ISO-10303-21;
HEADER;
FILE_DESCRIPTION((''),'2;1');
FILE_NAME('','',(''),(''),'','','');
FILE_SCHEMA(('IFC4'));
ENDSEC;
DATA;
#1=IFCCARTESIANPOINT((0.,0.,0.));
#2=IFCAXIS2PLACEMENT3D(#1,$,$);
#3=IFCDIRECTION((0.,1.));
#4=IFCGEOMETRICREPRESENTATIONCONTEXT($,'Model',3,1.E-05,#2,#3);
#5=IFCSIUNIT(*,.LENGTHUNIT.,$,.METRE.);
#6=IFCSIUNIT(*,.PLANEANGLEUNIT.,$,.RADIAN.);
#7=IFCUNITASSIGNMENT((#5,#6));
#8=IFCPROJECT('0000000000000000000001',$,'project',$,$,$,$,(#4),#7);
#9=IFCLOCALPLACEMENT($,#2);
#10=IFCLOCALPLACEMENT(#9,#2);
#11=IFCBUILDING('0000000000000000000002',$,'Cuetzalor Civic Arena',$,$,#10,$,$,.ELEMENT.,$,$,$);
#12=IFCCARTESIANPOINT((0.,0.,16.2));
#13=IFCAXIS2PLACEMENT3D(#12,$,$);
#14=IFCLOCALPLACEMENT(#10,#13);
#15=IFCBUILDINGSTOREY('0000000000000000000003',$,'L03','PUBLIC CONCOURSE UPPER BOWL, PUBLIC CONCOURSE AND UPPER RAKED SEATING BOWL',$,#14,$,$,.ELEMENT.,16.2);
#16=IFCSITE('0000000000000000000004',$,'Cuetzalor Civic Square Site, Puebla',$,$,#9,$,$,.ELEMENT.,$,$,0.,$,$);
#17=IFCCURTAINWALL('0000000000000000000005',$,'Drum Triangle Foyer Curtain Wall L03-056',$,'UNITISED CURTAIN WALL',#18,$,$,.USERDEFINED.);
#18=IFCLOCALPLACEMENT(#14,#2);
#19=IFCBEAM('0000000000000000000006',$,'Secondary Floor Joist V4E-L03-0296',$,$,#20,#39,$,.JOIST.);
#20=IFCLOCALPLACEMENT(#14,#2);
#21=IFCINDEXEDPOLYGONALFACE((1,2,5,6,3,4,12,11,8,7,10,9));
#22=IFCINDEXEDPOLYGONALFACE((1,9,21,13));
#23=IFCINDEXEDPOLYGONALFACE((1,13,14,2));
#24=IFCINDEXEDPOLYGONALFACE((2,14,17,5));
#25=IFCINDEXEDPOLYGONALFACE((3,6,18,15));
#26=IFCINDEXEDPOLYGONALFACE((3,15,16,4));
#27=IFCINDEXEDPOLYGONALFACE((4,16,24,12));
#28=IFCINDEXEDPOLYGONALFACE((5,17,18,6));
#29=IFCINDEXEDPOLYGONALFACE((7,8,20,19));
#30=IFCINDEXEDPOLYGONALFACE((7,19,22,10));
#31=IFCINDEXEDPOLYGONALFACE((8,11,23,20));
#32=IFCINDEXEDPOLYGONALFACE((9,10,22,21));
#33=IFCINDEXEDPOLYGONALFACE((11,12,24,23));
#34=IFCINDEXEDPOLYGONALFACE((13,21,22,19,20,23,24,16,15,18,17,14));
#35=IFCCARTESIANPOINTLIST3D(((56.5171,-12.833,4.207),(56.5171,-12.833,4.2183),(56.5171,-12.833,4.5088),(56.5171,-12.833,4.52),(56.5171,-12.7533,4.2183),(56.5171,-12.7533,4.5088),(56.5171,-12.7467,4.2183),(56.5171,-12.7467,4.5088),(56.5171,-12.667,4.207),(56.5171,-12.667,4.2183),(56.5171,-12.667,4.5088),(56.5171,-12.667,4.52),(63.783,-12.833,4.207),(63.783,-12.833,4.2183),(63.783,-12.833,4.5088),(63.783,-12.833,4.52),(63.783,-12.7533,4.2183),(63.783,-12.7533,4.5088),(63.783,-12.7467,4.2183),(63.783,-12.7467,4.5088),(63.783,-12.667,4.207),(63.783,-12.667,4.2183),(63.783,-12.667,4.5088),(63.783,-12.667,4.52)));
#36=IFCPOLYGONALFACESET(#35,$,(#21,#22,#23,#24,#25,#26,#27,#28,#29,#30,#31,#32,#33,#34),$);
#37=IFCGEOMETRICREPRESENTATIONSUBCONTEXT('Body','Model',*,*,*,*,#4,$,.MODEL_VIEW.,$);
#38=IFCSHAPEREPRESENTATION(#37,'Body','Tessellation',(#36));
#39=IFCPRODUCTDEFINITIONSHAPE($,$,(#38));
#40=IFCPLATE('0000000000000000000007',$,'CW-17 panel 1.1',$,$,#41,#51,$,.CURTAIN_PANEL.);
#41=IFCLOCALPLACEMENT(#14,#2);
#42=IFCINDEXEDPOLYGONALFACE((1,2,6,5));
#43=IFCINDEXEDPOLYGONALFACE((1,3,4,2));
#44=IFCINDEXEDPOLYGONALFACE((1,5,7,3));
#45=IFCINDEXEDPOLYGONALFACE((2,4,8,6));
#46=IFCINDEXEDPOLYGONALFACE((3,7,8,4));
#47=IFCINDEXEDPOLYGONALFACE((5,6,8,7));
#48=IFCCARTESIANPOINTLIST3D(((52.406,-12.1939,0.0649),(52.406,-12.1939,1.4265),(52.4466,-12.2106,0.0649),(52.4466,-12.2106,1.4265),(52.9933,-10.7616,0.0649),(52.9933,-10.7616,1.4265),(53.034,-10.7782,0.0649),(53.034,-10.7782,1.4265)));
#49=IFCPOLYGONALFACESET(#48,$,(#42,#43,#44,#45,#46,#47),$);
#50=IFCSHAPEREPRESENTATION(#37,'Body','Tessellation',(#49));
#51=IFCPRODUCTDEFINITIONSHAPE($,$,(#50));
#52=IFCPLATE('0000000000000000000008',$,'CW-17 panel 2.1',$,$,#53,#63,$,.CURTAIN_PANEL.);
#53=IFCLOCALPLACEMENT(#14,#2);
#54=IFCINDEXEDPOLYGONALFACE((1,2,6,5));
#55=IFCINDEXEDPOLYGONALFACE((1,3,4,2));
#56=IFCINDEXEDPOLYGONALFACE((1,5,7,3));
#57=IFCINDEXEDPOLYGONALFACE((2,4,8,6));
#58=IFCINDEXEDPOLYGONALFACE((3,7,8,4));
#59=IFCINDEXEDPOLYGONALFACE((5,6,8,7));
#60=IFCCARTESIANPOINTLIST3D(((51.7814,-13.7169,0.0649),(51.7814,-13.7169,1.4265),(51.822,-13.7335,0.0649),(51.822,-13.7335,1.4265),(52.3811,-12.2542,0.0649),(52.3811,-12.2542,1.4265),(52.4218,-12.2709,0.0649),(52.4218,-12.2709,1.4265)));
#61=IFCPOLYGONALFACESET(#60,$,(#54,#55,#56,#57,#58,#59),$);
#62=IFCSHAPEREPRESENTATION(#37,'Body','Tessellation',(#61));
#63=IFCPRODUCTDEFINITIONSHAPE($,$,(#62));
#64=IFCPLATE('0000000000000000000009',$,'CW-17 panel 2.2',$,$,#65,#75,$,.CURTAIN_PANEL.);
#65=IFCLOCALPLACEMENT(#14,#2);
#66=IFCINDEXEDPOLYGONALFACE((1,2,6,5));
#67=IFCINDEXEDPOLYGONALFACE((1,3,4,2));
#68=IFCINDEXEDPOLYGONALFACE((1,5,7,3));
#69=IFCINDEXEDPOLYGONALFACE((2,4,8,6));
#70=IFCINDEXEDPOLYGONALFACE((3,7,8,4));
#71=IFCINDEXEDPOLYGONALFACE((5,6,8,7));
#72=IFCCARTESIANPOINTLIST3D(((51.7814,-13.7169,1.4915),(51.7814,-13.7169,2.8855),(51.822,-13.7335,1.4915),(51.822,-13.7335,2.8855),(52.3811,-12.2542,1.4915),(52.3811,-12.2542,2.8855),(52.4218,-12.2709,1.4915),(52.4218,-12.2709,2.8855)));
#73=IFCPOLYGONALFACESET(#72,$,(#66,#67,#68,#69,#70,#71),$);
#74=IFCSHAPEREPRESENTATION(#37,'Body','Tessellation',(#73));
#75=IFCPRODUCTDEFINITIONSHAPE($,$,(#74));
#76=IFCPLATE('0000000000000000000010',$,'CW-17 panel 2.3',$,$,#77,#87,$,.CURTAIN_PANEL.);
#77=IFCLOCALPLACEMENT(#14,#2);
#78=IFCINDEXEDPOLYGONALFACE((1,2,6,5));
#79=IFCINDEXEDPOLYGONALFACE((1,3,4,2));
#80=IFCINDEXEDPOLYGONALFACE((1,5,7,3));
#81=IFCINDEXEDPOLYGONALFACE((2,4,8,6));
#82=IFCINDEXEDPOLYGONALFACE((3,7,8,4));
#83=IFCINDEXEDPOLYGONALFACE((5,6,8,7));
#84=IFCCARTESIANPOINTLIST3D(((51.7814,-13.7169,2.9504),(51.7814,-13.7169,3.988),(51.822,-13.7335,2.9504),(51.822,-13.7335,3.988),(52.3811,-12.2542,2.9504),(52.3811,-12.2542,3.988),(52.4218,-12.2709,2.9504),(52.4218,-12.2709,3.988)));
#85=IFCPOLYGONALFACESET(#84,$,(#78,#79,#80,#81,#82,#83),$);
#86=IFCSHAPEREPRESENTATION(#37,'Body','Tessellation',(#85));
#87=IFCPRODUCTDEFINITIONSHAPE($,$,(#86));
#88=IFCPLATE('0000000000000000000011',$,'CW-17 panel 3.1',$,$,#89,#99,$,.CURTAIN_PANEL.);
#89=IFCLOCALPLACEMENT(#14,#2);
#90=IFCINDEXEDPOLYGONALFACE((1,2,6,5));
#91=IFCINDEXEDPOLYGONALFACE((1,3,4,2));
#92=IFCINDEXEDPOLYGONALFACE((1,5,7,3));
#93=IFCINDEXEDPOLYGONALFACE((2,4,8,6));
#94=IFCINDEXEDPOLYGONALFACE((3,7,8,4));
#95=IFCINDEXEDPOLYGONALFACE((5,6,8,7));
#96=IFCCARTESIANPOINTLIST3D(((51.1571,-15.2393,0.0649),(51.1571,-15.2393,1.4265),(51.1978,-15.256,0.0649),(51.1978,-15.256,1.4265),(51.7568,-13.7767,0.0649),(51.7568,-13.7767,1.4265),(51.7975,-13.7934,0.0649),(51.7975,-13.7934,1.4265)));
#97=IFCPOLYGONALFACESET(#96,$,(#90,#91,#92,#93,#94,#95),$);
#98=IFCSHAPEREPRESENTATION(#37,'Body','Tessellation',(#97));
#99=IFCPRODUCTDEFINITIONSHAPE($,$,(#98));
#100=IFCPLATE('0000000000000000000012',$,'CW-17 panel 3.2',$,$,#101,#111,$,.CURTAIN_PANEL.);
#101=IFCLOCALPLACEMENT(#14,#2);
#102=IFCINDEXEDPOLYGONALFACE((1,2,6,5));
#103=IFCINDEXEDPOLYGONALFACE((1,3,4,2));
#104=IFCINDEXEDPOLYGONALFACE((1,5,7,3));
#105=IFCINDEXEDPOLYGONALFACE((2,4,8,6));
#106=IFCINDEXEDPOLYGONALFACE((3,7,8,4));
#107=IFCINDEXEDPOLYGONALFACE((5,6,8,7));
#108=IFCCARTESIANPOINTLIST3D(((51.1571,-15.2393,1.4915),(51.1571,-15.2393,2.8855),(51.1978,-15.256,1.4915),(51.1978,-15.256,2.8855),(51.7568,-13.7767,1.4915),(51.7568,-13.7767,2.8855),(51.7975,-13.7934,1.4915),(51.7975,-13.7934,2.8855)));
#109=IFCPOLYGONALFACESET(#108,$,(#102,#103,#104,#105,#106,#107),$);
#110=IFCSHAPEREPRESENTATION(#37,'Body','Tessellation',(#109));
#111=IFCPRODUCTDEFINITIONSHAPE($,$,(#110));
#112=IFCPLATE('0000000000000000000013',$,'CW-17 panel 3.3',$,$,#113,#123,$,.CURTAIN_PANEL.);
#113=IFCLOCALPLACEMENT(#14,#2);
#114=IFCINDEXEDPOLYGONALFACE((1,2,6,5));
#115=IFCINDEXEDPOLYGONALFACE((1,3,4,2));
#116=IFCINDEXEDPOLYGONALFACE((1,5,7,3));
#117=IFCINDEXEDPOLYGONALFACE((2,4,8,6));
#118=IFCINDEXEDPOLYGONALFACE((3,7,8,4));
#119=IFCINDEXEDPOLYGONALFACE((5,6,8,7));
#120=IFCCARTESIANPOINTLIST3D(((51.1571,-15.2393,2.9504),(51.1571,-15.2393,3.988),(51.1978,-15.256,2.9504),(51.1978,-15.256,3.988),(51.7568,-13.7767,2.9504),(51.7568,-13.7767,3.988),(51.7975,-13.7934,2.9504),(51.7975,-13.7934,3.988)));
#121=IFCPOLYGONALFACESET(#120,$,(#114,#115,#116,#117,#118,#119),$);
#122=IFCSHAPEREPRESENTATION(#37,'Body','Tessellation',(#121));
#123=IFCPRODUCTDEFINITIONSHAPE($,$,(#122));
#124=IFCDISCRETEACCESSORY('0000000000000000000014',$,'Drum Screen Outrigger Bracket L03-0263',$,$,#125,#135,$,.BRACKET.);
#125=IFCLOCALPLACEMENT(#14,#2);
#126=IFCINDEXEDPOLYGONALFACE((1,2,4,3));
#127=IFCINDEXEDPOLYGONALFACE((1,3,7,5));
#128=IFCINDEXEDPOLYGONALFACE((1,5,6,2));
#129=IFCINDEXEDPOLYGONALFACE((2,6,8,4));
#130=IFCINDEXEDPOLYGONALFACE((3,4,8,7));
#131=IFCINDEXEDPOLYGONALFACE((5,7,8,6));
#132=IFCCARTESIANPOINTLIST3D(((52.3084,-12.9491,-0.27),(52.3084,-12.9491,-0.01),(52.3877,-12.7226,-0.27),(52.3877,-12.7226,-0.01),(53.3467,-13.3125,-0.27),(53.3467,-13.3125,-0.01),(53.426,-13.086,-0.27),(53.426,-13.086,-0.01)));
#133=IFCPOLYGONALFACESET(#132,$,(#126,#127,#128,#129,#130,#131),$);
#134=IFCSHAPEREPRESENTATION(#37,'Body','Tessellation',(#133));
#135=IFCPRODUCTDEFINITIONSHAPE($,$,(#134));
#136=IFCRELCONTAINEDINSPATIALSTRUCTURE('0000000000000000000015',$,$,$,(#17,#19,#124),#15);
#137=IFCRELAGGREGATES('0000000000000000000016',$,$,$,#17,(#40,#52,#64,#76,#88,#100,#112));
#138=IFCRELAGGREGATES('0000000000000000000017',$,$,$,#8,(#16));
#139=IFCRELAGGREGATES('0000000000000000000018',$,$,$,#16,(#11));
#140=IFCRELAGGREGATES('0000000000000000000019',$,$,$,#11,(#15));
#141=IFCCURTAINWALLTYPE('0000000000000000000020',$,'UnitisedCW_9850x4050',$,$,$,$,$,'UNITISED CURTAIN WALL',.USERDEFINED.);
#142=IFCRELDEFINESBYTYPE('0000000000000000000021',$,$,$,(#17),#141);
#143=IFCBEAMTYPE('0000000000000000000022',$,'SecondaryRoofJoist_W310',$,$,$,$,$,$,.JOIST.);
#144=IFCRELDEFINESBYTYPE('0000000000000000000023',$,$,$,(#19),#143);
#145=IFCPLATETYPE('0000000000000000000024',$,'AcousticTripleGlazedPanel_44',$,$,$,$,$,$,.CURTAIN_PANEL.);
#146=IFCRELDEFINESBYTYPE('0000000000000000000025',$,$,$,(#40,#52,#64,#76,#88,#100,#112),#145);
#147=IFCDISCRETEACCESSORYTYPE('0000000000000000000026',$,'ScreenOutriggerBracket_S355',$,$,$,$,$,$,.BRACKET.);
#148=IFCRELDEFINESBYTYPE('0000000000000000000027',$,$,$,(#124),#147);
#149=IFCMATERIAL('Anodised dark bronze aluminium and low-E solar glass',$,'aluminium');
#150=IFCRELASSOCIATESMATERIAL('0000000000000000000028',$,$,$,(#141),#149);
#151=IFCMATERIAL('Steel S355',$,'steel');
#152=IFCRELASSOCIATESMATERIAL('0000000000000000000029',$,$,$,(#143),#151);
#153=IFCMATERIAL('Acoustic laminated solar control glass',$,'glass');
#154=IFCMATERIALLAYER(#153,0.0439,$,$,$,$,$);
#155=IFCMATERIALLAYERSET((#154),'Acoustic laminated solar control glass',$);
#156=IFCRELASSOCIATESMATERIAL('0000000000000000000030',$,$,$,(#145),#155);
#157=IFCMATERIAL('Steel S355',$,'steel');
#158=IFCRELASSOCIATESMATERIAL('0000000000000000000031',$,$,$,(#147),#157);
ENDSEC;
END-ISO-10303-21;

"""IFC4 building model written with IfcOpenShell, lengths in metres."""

from ifc_helpers import new_model, si_unit, direction, frame, origin, origin_2d, place, context, subcontext, project, spatial, rectangle, i_section, extrude, material, layer, layer_set, material_profile, profile_set, type_object, element, aggregate, save


model = new_model("IFC4")

# Units and contexts
model_context = context("Model", 3, precision=1e-05, world=origin(), true_north=direction((0.0, 1.0)))
body_context = subcontext(model_context, "Body", "Model", "MODEL_VIEW")
ifc_project = project(units=[si_unit("LENGTHUNIT", "METRE"), si_unit("PLANEANGLEUNIT", "RADIAN")], contexts=[model_context])

# Site, building, storey
site_placement = place(None, origin())
site = spatial("IfcSite", under=ifc_project, at=site_placement, Name="Cuetzalor Civic Square Site, Puebla", CompositionType="ELEMENT", RefElevation=0.0)
building_placement = place(site_placement, origin())
building = spatial("IfcBuilding", under=site, at=building_placement, Name="Cuetzalor Civic Arena", CompositionType="ELEMENT")
storey_placement = place(building_placement, frame((0.0, 0.0, 16.2)))
storey = spatial("IfcBuildingStorey", under=building, at=storey_placement, Name="L03", Description="PUBLIC CONCOURSE UPPER BOWL, PUBLIC CONCOURSE AND UPPER RAKED SEATING BOWL", CompositionType="ELEMENT", Elevation=16.2)

# Curtain wall
ifc_material_1 = material(Name="Anodised dark bronze aluminium and low-E solar glass", Category="aluminium")
curtain_wall_type = type_object("IfcCurtainWallType", Name="UnitisedCW_9850x4050", ElementType="UNITISED CURTAIN WALL", PredefinedType="USERDEFINED", material=ifc_material_1)
curtain_wall_placement = place(storey_placement, origin())
curtain_wall = element("IfcCurtainWall", 1, at=curtain_wall_placement, inside=storey, type_object=curtain_wall_type, Name="Drum Triangle Foyer Curtain Wall L03-056", ObjectType="UNITISED CURTAIN WALL", PredefinedType="USERDEFINED")

# Beam
ifc_material_2 = material(Name="Steel S355", Category="steel")
ifc_material_profile_1 = material_profile(ifc_material_2, i_section(OverallWidth=0.166, OverallDepth=0.313, WebThickness=0.0066, FlangeThickness=0.0112, at=origin_2d()), Name="W310x45")
ifc_profile_set_1 = profile_set([ifc_material_profile_1], Name="Steel S355")
beam_type = type_object("IfcBeamType", Name="SecondaryRoofJoist_W310", PredefinedType="JOIST", material=ifc_profile_set_1)
beam_placement = place(storey_placement, frame((56.5171, -12.75, 4.3635), z_axis=(1.0, 0.0, 0.0), x_axis=(0.0, 1.0, 0.0)))
element("IfcBeam", 2, at=beam_placement, inside=storey, type_object=beam_type, Name="Secondary Floor Joist V4E-L03-0296", PredefinedType="JOIST", context=body_context, shape_type="SweptSolid", body=[
    extrude(i_section(OverallWidth=0.166, OverallDepth=0.313, WebThickness=0.0066, FlangeThickness=0.0112, at=origin_2d()), origin(), (0.0, 0.0, 1.0), 7.2659),
])

# Plates
ifc_material_3 = material(Name="Acoustic laminated solar control glass", Category="glass")
ifc_layer = layer(ifc_material_3, 0.0439)
ifc_layer_set = layer_set([ifc_layer], Name="Acoustic laminated solar control glass")
plate_type = type_object("IfcPlateType", Name="AcousticTripleGlazedPanel_44", PredefinedType="CURTAIN_PANEL", material=ifc_layer_set)
plate_1_placement = place(storey_placement, frame((52.72, -11.4861, 0.0649), z_axis=(0.0, 0.0, 1.0), x_axis=(-0.379391, -0.925236, 0.0)))
plate_1 = element("IfcPlate", 3, at=plate_1_placement, type_object=plate_type, Name="CW-17 panel 1.1", PredefinedType="CURTAIN_PANEL", context=body_context, shape_type="SweptSolid", body=[
    extrude(rectangle(XDim=1.5481, YDim=0.0439, at=origin_2d()), origin(), (0.0, 0.0, 1.0), 1.3616),
])
plate_2_placement = place(storey_placement, frame((52.1016, -12.9939, 0.0649), z_axis=(0.0, 0.0, 1.0), x_axis=(-0.379391, -0.925236, 0.0)))
plate_2 = element("IfcPlate", 4, at=plate_2_placement, type_object=plate_type, Name="CW-17 panel 2.1", PredefinedType="CURTAIN_PANEL", context=body_context, shape_type="SweptSolid", body=[
    extrude(rectangle(XDim=1.5808, YDim=0.0439, at=origin_2d()), origin(), (0.0, 0.0, 1.0), 1.3616),
])
plate_3_placement = place(storey_placement, frame((52.1016, -12.9939, 1.4915), z_axis=(0.0, 0.0, 1.0), x_axis=(-0.379391, -0.925236, 0.0)))
plate_3 = element("IfcPlate", 5, at=plate_3_placement, type_object=plate_type, Name="CW-17 panel 2.2", PredefinedType="CURTAIN_PANEL", context=body_context, shape_type="SweptSolid", body=[
    extrude(rectangle(XDim=1.5808, YDim=0.0439, at=origin_2d()), origin(), (0.0, 0.0, 1.0), 1.394),
])
plate_4_placement = place(storey_placement, frame((52.1016, -12.9939, 2.9504), z_axis=(0.0, 0.0, 1.0), x_axis=(-0.379391, -0.925236, 0.0)))
plate_4 = element("IfcPlate", 6, at=plate_4_placement, type_object=plate_type, Name="CW-17 panel 2.3", PredefinedType="CURTAIN_PANEL", context=body_context, shape_type="SweptSolid", body=[
    extrude(rectangle(XDim=1.5808, YDim=0.0439, at=origin_2d()), origin(), (0.0, 0.0, 1.0), 1.0376),
])
plate_5_placement = place(storey_placement, frame((51.4773, -14.5164, 0.0649), z_axis=(0.0, 0.0, 1.0), x_axis=(-0.379391, -0.925236, 0.0)))
plate_5 = element("IfcPlate", 7, at=plate_5_placement, type_object=plate_type, Name="CW-17 panel 3.1", PredefinedType="CURTAIN_PANEL", context=body_context, shape_type="SweptSolid", body=[
    extrude(rectangle(XDim=1.5808, YDim=0.0439, at=origin_2d()), origin(), (0.0, 0.0, 1.0), 1.3616),
])
plate_6_placement = place(storey_placement, frame((51.4773, -14.5164, 1.4915), z_axis=(0.0, 0.0, 1.0), x_axis=(-0.379391, -0.925236, 0.0)))
plate_6 = element("IfcPlate", 8, at=plate_6_placement, type_object=plate_type, Name="CW-17 panel 3.2", PredefinedType="CURTAIN_PANEL", context=body_context, shape_type="SweptSolid", body=[
    extrude(rectangle(XDim=1.5808, YDim=0.0439, at=origin_2d()), origin(), (0.0, 0.0, 1.0), 1.394),
])
plate_7_placement = place(storey_placement, frame((51.4773, -14.5164, 2.9504), z_axis=(0.0, 0.0, 1.0), x_axis=(-0.379391, -0.925236, 0.0)))
plate_7 = element("IfcPlate", 9, at=plate_7_placement, type_object=plate_type, Name="CW-17 panel 3.3", PredefinedType="CURTAIN_PANEL", context=body_context, shape_type="SweptSolid", body=[
    extrude(rectangle(XDim=1.5808, YDim=0.0439, at=origin_2d()), origin(), (0.0, 0.0, 1.0), 1.0376),
])
aggregate(curtain_wall, [plate_1, plate_2, plate_3, plate_4, plate_5, plate_6, plate_7])

# Discrete accessory
ifc_material_4 = material(Name="Steel S355", Category="steel")
discrete_accessory_type = type_object("IfcDiscreteAccessoryType", Name="ScreenOutriggerBracket_S355", PredefinedType="BRACKET", material=ifc_material_4)
discrete_accessory_placement = place(storey_placement, frame((52.8672, -13.0176, -0.27), z_axis=(0.0, 0.0, 1.0), x_axis=(0.943859, -0.33035, 0.0)))
element("IfcDiscreteAccessory", 10, at=discrete_accessory_placement, inside=storey, type_object=discrete_accessory_type, Name="Drum Screen Outrigger Bracket L03-0263", PredefinedType="BRACKET", context=body_context, shape_type="SweptSolid", body=[
    extrude(rectangle(XDim=1.1001, YDim=0.24, at=origin_2d()), origin(), (0.0, 0.0, 1.0), 0.26),
])

save(model, "model.ifc")
